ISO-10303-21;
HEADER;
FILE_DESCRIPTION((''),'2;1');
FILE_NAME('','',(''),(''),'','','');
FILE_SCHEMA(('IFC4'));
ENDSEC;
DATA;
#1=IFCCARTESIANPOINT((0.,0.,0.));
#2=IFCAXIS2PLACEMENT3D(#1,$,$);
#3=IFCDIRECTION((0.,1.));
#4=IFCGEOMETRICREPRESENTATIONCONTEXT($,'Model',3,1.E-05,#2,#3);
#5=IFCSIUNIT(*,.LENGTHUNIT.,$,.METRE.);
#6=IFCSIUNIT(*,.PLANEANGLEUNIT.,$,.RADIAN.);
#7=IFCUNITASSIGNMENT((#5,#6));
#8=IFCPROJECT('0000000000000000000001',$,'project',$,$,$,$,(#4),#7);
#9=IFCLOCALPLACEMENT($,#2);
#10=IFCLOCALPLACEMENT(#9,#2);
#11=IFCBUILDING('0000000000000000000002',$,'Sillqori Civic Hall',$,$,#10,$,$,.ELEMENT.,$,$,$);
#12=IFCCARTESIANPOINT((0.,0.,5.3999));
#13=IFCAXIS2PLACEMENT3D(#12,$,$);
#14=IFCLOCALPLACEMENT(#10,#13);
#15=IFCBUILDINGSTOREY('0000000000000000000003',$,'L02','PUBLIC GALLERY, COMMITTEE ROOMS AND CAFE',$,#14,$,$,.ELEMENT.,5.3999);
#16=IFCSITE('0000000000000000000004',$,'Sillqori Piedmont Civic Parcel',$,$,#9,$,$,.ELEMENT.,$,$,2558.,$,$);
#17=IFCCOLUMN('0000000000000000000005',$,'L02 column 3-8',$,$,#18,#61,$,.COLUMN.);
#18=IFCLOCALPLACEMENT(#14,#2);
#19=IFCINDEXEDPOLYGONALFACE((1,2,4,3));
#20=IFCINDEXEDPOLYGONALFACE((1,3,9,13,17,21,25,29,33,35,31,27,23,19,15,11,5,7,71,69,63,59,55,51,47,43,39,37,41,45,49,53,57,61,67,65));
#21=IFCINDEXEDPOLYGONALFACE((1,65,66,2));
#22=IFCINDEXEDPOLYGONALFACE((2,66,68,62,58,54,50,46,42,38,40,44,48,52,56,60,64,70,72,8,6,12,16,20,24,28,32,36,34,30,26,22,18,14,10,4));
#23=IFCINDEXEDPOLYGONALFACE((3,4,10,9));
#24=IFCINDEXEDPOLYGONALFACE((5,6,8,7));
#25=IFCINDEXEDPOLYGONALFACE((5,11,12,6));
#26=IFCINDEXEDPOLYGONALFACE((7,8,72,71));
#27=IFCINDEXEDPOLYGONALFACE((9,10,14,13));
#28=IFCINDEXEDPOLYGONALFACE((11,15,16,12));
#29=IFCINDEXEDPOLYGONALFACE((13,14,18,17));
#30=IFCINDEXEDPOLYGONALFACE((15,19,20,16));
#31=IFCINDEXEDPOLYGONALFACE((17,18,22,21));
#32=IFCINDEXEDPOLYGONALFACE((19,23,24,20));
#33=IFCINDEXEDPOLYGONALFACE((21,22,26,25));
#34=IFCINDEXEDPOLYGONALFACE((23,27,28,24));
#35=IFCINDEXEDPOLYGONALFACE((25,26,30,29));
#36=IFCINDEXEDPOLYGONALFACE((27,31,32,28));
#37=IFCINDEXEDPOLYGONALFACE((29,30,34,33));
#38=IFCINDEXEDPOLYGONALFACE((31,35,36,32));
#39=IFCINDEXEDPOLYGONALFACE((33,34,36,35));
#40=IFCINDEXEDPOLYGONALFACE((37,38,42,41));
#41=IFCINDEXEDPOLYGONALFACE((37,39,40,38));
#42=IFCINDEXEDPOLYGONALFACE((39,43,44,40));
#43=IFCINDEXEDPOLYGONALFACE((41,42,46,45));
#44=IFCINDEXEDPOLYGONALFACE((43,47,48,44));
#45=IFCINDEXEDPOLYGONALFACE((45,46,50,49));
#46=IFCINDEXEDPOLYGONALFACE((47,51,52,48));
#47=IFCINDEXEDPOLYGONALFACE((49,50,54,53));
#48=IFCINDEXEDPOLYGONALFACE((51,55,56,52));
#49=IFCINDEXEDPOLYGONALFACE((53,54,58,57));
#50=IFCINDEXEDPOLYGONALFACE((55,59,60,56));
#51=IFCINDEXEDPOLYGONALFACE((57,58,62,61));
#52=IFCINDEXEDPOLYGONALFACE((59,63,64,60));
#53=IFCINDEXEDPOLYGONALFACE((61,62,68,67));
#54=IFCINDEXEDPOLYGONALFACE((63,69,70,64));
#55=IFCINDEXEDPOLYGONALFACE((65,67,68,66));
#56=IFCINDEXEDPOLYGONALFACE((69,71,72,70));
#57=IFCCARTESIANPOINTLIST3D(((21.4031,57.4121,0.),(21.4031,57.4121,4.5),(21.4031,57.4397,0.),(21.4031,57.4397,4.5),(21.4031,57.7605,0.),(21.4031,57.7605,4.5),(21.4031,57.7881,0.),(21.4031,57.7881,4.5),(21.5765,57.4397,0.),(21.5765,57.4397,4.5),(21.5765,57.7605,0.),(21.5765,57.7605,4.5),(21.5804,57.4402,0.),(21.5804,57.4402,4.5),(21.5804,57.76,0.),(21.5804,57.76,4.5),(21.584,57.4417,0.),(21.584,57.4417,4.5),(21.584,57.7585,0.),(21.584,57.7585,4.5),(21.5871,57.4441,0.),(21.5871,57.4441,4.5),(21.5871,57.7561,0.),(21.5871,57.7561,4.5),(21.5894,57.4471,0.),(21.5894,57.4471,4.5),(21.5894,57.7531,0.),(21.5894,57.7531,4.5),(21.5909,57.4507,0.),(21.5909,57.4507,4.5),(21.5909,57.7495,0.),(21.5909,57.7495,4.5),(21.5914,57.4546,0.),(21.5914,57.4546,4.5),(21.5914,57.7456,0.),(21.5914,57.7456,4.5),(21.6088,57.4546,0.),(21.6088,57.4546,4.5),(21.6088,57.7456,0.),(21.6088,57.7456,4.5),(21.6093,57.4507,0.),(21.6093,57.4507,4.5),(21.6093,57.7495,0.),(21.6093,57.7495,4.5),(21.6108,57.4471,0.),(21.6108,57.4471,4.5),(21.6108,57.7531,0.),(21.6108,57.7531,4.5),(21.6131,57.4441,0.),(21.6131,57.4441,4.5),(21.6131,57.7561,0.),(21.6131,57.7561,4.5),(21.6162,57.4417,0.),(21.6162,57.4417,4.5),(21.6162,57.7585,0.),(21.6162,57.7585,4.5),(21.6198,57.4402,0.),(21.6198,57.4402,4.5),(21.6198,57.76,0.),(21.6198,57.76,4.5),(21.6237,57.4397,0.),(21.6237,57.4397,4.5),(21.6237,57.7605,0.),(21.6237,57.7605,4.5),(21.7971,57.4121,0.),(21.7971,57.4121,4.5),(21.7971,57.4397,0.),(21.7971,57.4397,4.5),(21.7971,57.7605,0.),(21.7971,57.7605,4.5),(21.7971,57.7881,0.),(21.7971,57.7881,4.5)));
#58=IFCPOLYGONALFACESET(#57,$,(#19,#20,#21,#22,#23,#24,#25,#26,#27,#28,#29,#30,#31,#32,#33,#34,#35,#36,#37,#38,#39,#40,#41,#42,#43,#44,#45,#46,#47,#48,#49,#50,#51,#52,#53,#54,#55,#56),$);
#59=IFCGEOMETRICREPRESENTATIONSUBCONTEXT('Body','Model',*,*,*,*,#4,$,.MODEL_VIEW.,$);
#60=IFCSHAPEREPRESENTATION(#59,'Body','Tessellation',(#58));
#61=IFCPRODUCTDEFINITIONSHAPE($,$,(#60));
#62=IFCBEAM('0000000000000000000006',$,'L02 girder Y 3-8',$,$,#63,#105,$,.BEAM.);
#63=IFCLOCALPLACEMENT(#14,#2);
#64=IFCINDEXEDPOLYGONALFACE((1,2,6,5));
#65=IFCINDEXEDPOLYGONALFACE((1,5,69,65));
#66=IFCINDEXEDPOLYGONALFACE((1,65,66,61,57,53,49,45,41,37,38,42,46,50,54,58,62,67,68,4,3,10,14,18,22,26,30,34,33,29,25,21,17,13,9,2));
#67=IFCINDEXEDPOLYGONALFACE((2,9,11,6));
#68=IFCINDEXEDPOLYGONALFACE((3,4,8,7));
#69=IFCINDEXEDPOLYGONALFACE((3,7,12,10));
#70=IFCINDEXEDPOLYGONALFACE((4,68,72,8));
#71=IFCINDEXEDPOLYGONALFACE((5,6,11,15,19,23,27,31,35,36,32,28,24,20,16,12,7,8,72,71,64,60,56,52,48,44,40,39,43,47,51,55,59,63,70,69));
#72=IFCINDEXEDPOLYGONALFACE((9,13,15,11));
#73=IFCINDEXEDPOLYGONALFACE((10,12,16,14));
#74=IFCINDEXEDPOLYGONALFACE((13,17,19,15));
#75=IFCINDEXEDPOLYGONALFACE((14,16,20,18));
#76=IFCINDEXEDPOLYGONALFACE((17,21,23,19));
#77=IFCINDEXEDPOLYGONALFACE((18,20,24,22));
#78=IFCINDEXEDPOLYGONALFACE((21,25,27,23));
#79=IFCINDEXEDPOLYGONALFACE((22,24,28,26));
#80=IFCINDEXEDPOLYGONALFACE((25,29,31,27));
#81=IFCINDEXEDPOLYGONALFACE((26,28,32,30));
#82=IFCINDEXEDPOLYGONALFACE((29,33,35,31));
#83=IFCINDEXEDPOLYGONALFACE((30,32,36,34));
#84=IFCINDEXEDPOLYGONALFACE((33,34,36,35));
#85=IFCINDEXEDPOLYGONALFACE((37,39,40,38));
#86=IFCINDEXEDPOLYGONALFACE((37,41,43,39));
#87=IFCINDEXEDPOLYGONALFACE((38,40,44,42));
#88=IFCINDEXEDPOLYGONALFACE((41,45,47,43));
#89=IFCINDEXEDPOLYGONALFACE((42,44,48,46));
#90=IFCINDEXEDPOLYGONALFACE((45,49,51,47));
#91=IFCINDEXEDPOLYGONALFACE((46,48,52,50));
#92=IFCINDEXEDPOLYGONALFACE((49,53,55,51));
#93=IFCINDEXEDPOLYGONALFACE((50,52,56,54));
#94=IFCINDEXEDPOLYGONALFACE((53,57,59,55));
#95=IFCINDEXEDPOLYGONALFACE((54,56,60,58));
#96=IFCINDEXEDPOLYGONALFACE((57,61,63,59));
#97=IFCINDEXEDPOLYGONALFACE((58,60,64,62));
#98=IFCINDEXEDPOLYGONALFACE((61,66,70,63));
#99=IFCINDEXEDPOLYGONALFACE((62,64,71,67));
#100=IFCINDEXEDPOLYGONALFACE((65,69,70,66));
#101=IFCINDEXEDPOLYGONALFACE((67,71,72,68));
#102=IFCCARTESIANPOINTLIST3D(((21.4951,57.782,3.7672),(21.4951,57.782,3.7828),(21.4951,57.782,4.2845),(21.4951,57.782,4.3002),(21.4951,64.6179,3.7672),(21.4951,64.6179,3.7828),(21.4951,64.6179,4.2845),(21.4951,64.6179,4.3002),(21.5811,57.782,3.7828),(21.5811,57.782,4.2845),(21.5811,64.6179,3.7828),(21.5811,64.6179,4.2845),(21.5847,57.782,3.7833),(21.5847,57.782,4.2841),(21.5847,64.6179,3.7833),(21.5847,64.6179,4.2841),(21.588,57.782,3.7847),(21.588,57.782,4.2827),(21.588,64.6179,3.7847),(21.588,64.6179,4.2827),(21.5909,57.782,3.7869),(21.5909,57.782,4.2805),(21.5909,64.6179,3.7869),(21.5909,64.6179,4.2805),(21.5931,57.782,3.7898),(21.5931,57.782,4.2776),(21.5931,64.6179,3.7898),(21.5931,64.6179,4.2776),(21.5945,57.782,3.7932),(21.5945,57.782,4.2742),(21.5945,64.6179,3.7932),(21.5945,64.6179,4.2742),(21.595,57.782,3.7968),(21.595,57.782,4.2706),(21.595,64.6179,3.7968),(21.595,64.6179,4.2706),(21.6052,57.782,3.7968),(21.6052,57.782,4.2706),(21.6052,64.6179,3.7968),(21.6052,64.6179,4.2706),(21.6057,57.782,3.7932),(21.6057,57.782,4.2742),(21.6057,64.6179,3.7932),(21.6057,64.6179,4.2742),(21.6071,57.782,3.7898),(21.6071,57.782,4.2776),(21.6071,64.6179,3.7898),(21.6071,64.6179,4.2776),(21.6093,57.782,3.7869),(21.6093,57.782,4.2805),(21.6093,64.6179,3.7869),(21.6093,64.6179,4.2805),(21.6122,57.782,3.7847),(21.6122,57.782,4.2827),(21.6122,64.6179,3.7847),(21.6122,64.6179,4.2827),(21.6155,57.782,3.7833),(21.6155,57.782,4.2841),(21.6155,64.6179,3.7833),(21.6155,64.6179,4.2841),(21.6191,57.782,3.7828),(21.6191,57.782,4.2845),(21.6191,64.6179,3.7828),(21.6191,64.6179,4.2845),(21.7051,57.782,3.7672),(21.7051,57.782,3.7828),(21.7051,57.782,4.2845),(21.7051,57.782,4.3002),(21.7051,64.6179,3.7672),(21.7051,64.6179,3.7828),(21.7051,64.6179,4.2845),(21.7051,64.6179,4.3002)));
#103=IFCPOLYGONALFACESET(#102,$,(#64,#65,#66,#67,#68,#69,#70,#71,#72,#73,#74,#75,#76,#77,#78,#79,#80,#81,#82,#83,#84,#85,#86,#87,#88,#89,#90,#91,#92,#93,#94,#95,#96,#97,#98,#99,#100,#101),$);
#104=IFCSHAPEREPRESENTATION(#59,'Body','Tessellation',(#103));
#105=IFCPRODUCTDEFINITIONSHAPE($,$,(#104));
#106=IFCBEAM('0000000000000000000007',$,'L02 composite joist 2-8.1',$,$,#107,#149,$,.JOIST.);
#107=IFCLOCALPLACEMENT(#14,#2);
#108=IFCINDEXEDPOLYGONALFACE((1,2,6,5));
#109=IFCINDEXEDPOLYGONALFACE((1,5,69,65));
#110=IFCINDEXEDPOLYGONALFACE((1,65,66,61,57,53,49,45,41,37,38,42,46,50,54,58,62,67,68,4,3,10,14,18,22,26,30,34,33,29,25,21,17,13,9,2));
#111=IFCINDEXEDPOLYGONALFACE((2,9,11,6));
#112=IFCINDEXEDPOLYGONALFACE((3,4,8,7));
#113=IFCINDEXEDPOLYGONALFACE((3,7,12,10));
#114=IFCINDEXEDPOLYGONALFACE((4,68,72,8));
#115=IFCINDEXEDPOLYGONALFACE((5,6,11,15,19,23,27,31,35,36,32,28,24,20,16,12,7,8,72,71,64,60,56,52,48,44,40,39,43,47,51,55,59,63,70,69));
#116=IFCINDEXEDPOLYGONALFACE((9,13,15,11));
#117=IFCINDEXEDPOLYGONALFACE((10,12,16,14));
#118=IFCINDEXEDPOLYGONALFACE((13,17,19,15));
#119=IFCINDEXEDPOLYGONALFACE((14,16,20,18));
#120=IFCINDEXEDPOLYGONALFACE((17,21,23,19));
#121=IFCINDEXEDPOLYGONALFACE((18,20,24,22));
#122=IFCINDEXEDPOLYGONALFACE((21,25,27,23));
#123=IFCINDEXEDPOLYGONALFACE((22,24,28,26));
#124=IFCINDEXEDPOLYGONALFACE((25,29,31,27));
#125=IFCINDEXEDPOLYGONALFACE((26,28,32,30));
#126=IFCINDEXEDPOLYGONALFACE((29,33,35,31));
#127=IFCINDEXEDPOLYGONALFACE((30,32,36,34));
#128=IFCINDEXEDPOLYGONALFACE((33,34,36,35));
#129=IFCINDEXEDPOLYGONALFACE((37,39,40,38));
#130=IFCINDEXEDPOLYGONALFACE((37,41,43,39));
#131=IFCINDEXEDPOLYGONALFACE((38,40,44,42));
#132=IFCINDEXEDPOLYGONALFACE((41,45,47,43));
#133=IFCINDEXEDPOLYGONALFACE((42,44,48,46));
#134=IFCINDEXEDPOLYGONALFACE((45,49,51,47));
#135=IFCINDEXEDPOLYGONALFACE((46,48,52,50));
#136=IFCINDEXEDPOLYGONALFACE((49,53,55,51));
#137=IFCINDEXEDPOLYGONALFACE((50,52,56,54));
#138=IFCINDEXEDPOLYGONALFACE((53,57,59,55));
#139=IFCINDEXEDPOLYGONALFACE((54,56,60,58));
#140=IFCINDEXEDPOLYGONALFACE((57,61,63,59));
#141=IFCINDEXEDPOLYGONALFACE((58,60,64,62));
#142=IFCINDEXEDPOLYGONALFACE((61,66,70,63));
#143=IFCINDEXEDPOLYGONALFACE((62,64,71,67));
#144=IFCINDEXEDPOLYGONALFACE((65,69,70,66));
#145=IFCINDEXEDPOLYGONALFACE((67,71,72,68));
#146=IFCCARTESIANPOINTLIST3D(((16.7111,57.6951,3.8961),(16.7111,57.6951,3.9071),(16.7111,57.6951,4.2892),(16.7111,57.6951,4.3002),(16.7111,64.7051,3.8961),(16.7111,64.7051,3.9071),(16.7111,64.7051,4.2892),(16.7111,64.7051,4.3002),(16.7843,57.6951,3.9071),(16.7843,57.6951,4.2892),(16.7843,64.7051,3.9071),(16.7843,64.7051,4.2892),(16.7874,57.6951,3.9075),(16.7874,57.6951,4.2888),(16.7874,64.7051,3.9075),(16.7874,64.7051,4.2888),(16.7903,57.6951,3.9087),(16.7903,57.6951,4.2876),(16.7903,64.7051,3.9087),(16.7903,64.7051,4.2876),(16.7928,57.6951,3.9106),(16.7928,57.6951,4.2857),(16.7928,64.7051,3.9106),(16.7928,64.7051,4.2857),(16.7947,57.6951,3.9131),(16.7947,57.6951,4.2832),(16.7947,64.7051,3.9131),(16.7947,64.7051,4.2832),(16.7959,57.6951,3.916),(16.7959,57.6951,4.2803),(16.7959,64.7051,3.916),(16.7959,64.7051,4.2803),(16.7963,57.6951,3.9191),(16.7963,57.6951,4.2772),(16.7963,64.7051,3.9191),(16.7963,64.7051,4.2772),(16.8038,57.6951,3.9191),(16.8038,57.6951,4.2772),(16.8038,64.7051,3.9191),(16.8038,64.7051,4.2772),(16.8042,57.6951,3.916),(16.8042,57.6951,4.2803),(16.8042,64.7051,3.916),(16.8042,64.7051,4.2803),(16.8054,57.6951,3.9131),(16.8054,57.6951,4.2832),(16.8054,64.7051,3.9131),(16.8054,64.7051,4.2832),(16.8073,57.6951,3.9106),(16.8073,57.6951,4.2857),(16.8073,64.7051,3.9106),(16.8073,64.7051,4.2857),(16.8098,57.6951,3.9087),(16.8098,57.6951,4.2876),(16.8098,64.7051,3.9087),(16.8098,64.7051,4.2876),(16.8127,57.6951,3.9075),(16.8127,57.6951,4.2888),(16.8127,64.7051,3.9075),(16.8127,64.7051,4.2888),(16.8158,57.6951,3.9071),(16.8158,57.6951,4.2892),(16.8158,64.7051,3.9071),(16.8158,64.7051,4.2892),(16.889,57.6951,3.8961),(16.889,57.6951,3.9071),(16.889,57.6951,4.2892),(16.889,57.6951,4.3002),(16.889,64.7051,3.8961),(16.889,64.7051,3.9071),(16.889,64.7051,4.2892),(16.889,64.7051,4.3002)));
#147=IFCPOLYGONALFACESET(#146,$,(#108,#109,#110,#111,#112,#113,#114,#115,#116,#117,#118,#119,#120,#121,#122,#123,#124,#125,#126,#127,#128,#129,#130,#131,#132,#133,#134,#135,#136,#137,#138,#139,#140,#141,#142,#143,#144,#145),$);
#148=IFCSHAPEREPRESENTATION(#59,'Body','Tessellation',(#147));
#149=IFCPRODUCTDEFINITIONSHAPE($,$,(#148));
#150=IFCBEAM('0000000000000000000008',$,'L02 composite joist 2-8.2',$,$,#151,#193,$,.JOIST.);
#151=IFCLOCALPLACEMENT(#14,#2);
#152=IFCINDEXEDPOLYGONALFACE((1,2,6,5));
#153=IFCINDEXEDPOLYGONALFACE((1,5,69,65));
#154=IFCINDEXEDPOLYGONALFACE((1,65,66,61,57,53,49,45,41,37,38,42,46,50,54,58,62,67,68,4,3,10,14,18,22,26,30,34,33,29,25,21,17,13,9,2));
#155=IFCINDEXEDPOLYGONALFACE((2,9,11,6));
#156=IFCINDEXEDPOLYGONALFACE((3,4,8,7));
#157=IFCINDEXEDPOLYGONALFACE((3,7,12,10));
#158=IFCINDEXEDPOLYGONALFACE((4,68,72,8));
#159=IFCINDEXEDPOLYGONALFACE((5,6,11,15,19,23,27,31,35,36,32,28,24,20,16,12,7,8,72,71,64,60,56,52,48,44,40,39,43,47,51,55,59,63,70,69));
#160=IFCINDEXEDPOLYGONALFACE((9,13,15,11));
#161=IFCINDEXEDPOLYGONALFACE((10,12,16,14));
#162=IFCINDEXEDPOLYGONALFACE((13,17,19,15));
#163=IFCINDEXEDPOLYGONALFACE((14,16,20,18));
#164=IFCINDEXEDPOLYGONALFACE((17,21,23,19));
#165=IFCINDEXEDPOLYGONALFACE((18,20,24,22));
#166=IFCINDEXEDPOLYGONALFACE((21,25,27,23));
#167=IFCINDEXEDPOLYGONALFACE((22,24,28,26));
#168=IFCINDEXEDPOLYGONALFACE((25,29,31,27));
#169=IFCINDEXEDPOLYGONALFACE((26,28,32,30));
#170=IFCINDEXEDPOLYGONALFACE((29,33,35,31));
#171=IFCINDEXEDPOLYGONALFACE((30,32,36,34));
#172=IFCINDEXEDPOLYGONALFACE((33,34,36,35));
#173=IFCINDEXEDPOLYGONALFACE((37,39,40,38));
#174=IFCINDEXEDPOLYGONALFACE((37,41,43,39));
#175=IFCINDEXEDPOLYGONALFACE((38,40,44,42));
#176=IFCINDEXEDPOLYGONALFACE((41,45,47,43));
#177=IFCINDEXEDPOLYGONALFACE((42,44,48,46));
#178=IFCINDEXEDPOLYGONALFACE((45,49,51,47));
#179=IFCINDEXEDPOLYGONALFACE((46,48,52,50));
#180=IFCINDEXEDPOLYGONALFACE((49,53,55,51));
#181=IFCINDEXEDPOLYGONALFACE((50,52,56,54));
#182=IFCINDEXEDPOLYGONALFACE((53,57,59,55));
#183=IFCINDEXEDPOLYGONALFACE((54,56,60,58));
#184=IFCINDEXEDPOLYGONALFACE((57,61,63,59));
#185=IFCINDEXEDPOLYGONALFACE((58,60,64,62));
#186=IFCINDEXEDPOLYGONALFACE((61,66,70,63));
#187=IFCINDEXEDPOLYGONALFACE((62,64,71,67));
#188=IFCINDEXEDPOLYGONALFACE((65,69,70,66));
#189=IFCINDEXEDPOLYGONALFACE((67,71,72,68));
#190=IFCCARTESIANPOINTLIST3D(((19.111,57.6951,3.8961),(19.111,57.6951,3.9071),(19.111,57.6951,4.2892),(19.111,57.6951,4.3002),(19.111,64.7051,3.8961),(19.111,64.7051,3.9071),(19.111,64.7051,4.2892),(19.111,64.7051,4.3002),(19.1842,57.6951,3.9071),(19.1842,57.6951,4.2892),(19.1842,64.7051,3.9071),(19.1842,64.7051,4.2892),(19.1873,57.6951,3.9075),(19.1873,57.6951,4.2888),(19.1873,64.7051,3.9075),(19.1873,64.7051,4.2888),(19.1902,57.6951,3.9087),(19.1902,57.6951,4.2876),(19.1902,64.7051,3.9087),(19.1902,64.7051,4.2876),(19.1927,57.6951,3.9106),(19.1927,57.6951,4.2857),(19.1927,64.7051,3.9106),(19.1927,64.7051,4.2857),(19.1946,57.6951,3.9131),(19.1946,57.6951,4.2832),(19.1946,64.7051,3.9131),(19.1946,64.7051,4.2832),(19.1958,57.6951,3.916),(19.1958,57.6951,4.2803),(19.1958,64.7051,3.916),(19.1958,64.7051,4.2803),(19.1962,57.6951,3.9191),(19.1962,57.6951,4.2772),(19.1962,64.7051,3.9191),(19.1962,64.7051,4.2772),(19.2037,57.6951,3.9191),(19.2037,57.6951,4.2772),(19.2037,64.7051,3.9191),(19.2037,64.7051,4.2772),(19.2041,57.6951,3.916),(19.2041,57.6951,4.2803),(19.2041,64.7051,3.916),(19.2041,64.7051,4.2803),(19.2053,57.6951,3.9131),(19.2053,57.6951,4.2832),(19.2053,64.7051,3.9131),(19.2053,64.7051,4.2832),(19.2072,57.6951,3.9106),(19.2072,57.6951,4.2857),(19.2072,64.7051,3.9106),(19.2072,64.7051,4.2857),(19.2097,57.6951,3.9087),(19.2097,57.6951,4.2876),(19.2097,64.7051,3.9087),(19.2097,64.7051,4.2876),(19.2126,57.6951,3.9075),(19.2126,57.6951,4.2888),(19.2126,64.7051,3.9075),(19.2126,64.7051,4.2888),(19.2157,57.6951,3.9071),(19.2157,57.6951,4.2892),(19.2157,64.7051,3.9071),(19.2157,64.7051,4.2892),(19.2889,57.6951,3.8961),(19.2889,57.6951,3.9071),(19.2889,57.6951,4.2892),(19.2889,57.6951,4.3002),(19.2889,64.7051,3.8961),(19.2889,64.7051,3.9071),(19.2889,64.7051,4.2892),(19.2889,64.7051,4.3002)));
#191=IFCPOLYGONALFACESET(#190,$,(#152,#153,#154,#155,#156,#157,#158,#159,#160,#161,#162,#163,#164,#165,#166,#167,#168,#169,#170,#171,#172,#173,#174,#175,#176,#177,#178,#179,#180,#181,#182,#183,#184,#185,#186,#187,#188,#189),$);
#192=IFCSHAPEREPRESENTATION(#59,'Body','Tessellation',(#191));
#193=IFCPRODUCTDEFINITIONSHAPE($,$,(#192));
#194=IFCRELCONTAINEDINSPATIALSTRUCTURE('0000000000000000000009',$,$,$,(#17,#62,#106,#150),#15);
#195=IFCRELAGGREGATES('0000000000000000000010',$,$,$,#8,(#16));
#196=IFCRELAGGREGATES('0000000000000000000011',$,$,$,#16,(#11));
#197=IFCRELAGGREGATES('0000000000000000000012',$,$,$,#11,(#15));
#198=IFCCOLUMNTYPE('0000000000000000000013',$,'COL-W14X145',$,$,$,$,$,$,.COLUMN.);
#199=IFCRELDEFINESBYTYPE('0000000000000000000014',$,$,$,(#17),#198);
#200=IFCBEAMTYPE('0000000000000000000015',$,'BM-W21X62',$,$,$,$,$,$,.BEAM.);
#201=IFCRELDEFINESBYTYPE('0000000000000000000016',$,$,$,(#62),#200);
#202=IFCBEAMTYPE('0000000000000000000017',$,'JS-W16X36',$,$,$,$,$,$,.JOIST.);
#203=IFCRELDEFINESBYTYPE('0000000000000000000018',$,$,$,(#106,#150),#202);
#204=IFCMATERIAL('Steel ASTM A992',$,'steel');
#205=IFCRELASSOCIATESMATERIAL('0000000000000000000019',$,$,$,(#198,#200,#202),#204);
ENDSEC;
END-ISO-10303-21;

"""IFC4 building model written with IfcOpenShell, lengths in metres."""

from ifc_helpers import new_model, si_unit, direction, frame, origin, origin_2d, place, context, subcontext, project, spatial, i_section, extrude, material, material_profile, profile_set, type_object, element, save


model = new_model("IFC4")

# Units and contexts
model_context = context("Model", 3, precision=1e-05, world=origin(), true_north=direction((0.0, 1.0)))
body_context = subcontext(model_context, "Body", "Model", "MODEL_VIEW")
ifc_project = project(units=[si_unit("LENGTHUNIT", "METRE"), si_unit("PLANEANGLEUNIT", "RADIAN")], contexts=[model_context])

# Site, building, storey
site_placement = place(None, origin())
site = spatial("IfcSite", under=ifc_project, at=site_placement, Name="Sillqori Piedmont Civic Parcel", CompositionType="ELEMENT", RefElevation=2558.0)
building_placement = place(site_placement, origin())
building = spatial("IfcBuilding", under=site, at=building_placement, Name="Sillqori Civic Hall", CompositionType="ELEMENT")
storey_placement = place(building_placement, frame((0.0, 0.0, 5.3999)))
storey = spatial("IfcBuildingStorey", under=building, at=storey_placement, Name="L02", Description="PUBLIC GALLERY, COMMITTEE ROOMS AND CAFE", CompositionType="ELEMENT", Elevation=5.3999)

# Column
ifc_material_1 = material(Name="Steel ASTM A992", Category="steel")
ifc_material_profile_1 = material_profile(ifc_material_1, i_section(OverallWidth=0.394, OverallDepth=0.376, WebThickness=0.0173, FlangeThickness=0.0276, FilletRadius=0.0149, at=origin_2d()), Name="W14X145")
ifc_profile_set_1 = profile_set([ifc_material_profile_1], Name="Steel ASTM A992")
column_type = type_object("IfcColumnType", Name="COL-W14X145", PredefinedType="COLUMN", material=ifc_profile_set_1)
column_placement = place(storey_placement, frame((21.6001, 57.6001, 0.0), z_axis=(0.0, 0.0, 1.0), x_axis=(1.0, 0.0, 0.0)))
element("IfcColumn", 1, at=column_placement, inside=storey, type_object=column_type, Name="L02 column 3-8", PredefinedType="COLUMN", context=body_context, shape_type="SweptSolid", body=[
    extrude(i_section(OverallWidth=0.394, OverallDepth=0.376, WebThickness=0.0173, FlangeThickness=0.0276, FilletRadius=0.0149, at=origin_2d()), origin(), (0.0, 0.0, 1.0), 4.5),
])

# Beams
ifc_material_profile_2 = material_profile(ifc_material_1, i_section(OverallWidth=0.21, OverallDepth=0.533, WebThickness=0.0103, FlangeThickness=0.0156, FilletRadius=0.0139, at=origin_2d()), Name="W21X62")
ifc_profile_set_2 = profile_set([ifc_material_profile_2], Name="Steel ASTM A992")
beam_type_1 = type_object("IfcBeamType", Name="BM-W21X62", PredefinedType="BEAM", material=ifc_profile_set_2)
beam_1_placement = place(storey_placement, frame((21.6001, 57.782, 4.0337), z_axis=(0.0, 1.0, 0.0), x_axis=(-1.0, 0.0, 0.0)))
element("IfcBeam", 2, at=beam_1_placement, inside=storey, type_object=beam_type_1, Name="L02 girder Y 3-8", PredefinedType="BEAM", context=body_context, shape_type="SweptSolid", body=[
    extrude(i_section(OverallWidth=0.21, OverallDepth=0.533, WebThickness=0.0103, FlangeThickness=0.0156, FilletRadius=0.0139, at=origin_2d()), origin(), (0.0, 0.0, 1.0), 6.8359),
])
ifc_material_profile_3 = material_profile(ifc_material_1, i_section(OverallWidth=0.178, OverallDepth=0.4041, WebThickness=0.0076, FlangeThickness=0.011, FilletRadius=0.012, at=origin_2d()), Name="W16X36")
ifc_profile_set_3 = profile_set([ifc_material_profile_3], Name="Steel ASTM A992")
beam_type_2 = type_object("IfcBeamType", Name="JS-W16X36", PredefinedType="JOIST", material=ifc_profile_set_3)
for number, where, z_axis, x_axis, name in (
    (3, (16.8, 57.6951, 4.0981), (0.0, 1.0, 0.0), (-1.0, 0.0, 0.0), "L02 composite joist 2-8.1"),
    (4, (19.2, 57.6951, 4.0981), (0.0, 1.0, 0.0), (-1.0, 0.0, 0.0), "L02 composite joist 2-8.2"),
):
    element("IfcBeam", number, at=place(storey_placement, frame(where, z_axis=z_axis, x_axis=x_axis)), inside=storey, type_object=beam_type_2, Name=name, PredefinedType="JOIST", context=body_context, shape_type="SweptSolid", body=[
        extrude(i_section(OverallWidth=0.178, OverallDepth=0.4041, WebThickness=0.0076, FlangeThickness=0.011, FilletRadius=0.012, at=origin_2d()), origin(), (0.0, 0.0, 1.0), 7.01),
    ])

save(model, "model.ifc")
